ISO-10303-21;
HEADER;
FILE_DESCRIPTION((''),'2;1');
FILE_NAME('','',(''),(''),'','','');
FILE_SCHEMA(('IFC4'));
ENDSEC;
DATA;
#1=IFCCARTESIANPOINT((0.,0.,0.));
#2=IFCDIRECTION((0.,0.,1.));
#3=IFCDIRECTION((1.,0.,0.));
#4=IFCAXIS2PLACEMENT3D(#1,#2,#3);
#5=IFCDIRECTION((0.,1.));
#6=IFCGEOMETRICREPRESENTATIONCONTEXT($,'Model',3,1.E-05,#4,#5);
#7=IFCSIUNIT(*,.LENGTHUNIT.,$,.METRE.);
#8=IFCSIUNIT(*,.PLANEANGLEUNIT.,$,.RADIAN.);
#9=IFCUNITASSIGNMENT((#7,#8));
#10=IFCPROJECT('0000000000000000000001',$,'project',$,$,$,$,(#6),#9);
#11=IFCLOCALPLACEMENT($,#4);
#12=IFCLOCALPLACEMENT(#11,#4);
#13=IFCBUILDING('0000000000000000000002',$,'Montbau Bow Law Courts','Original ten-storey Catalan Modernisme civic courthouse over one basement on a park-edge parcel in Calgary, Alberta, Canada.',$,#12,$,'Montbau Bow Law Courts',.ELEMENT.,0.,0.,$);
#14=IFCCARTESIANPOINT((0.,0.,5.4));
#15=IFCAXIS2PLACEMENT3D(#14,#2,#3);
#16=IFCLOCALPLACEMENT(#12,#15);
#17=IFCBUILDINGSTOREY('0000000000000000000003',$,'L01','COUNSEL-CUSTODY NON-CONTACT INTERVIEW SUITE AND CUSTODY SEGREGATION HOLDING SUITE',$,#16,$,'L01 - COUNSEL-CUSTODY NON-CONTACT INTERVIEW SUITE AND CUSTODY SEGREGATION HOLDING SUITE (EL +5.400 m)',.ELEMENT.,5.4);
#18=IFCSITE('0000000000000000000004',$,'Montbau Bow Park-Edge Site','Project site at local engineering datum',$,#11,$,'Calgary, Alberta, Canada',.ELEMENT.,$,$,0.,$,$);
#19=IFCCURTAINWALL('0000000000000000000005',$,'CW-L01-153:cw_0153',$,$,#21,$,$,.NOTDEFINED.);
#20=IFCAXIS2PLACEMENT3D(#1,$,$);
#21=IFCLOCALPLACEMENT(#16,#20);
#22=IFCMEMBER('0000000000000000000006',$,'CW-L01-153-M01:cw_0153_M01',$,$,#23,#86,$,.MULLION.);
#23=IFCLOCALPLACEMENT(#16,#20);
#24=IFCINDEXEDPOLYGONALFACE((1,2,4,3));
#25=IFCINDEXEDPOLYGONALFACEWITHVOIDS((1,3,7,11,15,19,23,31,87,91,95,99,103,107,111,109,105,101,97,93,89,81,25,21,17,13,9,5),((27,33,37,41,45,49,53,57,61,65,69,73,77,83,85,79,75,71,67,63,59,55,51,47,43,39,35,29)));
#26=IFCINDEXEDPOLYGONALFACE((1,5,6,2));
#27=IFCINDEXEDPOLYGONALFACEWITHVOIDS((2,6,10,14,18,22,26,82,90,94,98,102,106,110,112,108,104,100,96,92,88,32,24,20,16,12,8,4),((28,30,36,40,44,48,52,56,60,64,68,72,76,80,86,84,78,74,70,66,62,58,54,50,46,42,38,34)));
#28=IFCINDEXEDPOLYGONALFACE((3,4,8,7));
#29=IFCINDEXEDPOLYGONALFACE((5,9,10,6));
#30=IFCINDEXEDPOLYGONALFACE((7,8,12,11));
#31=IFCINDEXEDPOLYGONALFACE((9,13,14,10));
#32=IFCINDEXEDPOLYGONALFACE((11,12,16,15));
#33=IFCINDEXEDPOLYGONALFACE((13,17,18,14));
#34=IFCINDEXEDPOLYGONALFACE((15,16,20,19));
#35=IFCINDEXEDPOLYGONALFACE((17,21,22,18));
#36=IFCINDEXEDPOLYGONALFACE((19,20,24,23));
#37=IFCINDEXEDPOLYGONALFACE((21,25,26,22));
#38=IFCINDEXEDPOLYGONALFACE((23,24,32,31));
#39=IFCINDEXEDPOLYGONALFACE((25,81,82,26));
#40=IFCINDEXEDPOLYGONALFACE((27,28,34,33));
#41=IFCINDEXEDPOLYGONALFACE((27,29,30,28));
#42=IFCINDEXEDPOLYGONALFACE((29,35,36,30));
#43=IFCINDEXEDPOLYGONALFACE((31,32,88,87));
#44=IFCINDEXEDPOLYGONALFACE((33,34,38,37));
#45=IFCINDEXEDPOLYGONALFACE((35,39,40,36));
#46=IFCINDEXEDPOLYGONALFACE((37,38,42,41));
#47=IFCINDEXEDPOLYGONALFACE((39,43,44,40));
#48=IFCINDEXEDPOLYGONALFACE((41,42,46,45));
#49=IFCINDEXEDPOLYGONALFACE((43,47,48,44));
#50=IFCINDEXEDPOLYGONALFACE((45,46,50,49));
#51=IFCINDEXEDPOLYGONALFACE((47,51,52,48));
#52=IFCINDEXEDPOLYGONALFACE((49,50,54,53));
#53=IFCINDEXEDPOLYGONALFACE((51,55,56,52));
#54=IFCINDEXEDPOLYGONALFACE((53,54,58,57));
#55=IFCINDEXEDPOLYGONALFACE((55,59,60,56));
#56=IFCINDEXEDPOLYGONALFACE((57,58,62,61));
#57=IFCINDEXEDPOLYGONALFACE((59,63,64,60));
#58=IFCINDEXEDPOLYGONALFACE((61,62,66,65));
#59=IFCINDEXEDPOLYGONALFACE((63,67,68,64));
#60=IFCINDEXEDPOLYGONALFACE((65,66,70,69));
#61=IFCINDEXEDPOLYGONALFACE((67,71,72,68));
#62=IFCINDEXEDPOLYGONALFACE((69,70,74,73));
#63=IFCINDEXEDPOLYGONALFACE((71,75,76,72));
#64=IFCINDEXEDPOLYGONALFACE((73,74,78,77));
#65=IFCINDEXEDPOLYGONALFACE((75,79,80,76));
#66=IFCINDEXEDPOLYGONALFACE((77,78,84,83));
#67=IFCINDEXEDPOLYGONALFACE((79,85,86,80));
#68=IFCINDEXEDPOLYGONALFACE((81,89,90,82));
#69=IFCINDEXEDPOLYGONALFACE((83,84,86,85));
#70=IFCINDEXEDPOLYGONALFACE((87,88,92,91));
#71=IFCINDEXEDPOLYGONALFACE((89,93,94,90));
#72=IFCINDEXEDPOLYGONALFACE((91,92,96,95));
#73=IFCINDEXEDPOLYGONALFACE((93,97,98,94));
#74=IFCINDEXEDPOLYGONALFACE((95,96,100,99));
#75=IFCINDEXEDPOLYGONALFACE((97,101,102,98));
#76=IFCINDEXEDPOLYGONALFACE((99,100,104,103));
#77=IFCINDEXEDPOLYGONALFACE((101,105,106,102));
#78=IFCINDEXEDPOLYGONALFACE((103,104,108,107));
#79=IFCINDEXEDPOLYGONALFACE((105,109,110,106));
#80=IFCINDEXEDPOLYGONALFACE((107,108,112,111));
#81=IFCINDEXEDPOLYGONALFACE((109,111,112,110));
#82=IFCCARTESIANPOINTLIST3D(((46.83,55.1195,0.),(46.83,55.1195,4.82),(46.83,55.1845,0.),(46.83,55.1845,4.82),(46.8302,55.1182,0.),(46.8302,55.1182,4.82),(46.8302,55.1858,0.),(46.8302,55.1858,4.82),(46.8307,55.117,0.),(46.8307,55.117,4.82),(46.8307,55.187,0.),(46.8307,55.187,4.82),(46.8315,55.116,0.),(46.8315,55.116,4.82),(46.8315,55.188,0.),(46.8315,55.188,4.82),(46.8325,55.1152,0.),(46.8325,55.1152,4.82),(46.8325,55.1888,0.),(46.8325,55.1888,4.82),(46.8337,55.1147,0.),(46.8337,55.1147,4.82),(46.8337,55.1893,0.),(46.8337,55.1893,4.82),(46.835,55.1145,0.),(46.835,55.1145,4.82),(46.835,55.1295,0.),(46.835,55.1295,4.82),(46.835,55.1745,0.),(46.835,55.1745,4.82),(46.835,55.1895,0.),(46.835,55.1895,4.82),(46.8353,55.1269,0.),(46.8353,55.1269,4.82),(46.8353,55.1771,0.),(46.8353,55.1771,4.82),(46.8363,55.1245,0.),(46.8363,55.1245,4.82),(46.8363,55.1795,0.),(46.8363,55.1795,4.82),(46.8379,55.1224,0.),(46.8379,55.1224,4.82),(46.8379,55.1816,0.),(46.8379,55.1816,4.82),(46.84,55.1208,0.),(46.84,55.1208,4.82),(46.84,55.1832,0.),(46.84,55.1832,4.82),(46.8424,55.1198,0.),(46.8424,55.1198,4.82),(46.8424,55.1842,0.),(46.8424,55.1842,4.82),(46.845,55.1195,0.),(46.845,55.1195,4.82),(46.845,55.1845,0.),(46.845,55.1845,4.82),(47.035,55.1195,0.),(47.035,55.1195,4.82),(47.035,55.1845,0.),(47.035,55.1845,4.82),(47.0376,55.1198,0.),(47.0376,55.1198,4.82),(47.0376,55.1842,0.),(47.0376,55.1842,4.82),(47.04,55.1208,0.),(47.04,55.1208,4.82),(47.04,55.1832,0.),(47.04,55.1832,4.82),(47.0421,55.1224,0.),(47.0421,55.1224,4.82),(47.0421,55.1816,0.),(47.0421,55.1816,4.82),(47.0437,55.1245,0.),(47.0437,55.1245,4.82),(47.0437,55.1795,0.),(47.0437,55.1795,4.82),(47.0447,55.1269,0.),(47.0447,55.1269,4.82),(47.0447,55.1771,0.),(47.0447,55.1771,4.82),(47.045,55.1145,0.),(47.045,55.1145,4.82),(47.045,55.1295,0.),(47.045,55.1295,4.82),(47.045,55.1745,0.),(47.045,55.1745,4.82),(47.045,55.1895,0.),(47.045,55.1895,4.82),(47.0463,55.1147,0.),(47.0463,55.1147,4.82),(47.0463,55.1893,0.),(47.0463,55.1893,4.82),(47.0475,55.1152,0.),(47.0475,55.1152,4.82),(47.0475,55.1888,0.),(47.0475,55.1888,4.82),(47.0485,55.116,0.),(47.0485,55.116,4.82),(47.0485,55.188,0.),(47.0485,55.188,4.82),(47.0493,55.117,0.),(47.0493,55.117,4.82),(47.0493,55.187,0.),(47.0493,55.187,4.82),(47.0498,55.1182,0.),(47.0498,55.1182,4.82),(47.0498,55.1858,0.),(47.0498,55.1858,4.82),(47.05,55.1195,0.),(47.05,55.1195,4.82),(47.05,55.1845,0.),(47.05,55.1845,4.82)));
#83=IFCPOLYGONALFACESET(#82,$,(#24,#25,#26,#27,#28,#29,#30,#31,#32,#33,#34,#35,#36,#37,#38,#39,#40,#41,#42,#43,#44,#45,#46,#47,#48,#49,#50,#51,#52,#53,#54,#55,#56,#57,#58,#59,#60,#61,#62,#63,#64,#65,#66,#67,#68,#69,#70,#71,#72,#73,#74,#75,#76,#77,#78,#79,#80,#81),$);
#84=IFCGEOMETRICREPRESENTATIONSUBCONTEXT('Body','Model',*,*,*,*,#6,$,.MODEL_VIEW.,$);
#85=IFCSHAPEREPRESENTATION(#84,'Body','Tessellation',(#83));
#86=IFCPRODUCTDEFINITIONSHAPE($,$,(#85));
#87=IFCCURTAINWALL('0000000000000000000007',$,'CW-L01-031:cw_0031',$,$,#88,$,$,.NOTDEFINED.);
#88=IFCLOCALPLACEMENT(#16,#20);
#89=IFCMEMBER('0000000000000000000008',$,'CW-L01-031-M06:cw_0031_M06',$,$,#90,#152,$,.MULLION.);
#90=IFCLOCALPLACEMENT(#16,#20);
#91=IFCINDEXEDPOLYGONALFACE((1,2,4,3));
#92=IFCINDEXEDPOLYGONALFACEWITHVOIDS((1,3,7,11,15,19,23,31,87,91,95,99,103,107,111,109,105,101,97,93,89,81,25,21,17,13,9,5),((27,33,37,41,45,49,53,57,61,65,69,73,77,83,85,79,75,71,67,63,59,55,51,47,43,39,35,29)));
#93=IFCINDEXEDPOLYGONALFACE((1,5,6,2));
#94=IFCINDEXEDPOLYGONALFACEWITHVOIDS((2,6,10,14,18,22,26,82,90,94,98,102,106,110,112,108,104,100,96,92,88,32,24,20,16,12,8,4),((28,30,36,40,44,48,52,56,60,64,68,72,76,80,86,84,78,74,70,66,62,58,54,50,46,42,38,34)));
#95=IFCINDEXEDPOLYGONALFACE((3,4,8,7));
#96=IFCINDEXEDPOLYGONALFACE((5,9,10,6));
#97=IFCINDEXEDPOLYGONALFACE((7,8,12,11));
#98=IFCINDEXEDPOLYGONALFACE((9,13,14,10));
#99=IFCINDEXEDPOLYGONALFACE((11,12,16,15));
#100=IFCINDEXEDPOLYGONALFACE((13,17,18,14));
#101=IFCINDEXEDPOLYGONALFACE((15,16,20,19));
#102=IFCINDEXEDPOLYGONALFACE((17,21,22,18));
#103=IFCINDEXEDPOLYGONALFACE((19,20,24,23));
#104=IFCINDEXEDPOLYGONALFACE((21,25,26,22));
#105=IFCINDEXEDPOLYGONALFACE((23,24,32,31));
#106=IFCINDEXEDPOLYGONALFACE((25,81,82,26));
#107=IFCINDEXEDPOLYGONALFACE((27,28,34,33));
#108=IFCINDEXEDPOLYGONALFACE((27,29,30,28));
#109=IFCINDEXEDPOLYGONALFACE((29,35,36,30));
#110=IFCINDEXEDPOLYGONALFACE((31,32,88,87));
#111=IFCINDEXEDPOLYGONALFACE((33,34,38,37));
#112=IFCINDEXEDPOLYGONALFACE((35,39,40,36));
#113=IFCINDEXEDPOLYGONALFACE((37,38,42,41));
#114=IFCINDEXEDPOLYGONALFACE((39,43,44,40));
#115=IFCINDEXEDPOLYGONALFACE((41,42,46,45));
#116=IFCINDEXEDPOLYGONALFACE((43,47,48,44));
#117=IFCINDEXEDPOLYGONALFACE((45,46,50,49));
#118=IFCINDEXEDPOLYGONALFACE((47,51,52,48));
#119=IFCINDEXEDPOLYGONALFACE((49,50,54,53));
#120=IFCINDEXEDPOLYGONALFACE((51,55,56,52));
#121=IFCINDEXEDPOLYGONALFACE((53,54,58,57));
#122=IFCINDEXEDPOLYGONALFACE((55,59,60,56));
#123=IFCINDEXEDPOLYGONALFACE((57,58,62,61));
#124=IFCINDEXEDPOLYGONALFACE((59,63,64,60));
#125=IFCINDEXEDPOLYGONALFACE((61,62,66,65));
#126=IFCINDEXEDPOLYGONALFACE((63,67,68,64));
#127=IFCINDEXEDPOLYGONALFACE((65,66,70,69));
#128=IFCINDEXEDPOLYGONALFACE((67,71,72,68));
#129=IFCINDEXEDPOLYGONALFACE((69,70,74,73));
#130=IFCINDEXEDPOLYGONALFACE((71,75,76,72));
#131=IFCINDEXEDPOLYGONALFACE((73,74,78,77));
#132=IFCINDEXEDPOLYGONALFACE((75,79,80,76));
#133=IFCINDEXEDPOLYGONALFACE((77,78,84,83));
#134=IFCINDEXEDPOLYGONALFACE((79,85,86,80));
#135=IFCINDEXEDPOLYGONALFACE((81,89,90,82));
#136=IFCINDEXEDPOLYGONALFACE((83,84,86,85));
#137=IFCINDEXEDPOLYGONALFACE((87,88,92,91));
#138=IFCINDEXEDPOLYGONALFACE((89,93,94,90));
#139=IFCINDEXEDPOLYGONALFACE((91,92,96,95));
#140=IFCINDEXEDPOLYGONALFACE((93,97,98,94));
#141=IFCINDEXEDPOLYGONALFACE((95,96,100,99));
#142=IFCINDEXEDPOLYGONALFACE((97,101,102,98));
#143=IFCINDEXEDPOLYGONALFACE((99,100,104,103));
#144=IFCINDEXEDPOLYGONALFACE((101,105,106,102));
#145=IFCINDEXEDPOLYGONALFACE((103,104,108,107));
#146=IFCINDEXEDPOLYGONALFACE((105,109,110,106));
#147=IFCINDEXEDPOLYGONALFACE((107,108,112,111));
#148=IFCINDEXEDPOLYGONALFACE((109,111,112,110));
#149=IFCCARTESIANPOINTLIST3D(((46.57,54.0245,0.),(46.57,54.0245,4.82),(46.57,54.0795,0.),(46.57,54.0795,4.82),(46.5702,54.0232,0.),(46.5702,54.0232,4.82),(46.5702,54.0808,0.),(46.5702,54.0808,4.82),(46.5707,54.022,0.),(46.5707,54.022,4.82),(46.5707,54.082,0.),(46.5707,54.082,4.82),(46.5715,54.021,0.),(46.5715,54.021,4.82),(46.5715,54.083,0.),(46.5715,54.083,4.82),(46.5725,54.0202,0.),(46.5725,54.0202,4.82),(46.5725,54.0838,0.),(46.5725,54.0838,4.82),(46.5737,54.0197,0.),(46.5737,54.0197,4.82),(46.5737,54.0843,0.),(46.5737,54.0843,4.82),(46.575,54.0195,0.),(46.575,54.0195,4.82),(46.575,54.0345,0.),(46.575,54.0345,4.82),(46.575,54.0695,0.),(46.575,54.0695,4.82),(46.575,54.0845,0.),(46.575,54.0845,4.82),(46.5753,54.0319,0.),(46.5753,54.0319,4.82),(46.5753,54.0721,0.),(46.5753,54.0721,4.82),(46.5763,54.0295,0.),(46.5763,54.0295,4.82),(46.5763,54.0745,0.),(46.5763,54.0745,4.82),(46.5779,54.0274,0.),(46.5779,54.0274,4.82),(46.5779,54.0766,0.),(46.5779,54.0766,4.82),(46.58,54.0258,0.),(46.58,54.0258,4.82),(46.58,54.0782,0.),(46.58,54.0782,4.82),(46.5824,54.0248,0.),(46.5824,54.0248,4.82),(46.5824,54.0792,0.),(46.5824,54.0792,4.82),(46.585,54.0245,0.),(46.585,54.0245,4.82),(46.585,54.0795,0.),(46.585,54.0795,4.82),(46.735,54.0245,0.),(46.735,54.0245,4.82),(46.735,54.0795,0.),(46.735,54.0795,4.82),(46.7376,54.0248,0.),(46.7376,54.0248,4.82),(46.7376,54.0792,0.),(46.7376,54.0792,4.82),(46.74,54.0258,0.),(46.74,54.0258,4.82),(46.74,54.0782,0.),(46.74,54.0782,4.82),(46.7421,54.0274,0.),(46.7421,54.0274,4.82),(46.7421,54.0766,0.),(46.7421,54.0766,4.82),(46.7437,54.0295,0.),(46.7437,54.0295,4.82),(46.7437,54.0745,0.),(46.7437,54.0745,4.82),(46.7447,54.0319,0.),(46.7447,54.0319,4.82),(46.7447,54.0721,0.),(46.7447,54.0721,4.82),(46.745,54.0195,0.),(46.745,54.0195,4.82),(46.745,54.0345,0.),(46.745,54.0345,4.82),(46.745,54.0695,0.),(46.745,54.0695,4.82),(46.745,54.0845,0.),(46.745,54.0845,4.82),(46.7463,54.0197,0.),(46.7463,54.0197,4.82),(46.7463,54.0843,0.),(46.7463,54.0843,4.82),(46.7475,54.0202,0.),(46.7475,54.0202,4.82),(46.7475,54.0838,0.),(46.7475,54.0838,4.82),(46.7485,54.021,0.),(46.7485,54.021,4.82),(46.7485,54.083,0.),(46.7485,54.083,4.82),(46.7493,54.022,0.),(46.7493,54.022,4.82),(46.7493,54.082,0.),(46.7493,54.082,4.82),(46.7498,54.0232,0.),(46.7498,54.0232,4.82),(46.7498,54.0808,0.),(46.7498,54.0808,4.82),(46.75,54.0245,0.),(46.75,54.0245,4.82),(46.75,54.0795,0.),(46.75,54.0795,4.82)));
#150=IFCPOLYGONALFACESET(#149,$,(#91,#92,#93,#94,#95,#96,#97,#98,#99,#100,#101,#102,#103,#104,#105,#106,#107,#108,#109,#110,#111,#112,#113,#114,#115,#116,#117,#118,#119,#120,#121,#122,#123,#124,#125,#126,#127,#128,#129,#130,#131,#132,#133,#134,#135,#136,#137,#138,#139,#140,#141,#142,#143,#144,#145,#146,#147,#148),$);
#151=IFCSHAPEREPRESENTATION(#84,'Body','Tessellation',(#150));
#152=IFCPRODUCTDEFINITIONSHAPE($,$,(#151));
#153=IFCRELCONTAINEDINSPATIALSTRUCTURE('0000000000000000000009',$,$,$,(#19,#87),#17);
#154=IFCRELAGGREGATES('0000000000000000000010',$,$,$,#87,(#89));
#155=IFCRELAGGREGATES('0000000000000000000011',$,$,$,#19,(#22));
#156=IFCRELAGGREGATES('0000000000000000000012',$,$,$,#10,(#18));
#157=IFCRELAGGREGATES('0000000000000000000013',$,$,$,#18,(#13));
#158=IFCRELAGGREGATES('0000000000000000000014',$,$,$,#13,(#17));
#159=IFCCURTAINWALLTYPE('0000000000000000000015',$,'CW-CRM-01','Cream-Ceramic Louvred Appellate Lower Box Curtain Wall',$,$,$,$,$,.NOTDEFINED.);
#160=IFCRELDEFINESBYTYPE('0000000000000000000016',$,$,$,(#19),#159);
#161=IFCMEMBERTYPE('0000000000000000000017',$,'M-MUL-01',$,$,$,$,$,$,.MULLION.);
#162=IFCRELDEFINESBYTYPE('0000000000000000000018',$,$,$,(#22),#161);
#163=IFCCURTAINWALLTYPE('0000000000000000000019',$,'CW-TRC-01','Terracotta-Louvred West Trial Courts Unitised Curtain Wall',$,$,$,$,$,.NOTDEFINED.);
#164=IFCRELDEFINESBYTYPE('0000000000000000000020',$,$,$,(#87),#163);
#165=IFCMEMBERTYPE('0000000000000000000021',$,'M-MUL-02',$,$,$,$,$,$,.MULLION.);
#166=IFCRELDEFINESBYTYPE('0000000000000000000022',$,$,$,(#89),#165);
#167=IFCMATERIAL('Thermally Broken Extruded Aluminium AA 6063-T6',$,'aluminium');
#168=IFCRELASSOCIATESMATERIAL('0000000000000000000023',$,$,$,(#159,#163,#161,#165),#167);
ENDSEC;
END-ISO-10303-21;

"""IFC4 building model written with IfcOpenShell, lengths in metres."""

from ifc_helpers import new_model, si_unit, direction, frame, origin_with_axes, origin_2d_with_axis, place, context, subcontext, project, spatial, hollow_rectangle, extrude, material, material_profile, profile_set, type_object, element, aggregate, save


model = new_model("IFC4")

# Units and contexts
model_context = context("Model", 3, precision=1e-05, world=origin_with_axes(), true_north=direction((0.0, 1.0)))
body_context = subcontext(model_context, "Body", "Model", "MODEL_VIEW")
ifc_project = project(units=[si_unit("LENGTHUNIT", "METRE"), si_unit("PLANEANGLEUNIT", "RADIAN")], contexts=[model_context])

# Site, building, storey
site_placement = place(None, origin_with_axes())
site = spatial("IfcSite", under=ifc_project, at=site_placement, Name="Montbau Bow Park-Edge Site", Description="Project site at local engineering datum", LongName="Calgary, Alberta, Canada", CompositionType="ELEMENT", RefElevation=0.0)
building_placement = place(site_placement, origin_with_axes())
building = spatial("IfcBuilding", under=site, at=building_placement, Name="Montbau Bow Law Courts", Description="Original ten-storey Catalan Modernisme civic courthouse over one basement on a park-edge parcel in Calgary, Alberta, Canada.", LongName="Montbau Bow Law Courts", CompositionType="ELEMENT", ElevationOfRefHeight=0.0, ElevationOfTerrain=0.0)
storey_placement = place(building_placement, frame((0.0, 0.0, 5.4), z_axis=(0.0, 0.0, 1.0), x_axis=(1.0, 0.0, 0.0)))
storey = spatial("IfcBuildingStorey", under=building, at=storey_placement, Name="L01", Description="COUNSEL-CUSTODY NON-CONTACT INTERVIEW SUITE AND CUSTODY SEGREGATION HOLDING SUITE", LongName="L01 - COUNSEL-CUSTODY NON-CONTACT INTERVIEW SUITE AND CUSTODY SEGREGATION HOLDING SUITE (EL +5.400 m)", CompositionType="ELEMENT", Elevation=5.4)

# Curtain walls, members
ifc_material_1 = material(Name="Thermally Broken Extruded Aluminium AA 6063-T6", Category="aluminium")
curtain_wall_type_1 = type_object("IfcCurtainWallType", Name="CW-CRM-01", Description="Cream-Ceramic Louvred Appellate Lower Box Curtain Wall", PredefinedType="NOTDEFINED", material=ifc_material_1)
curtain_wall_1_placement = place(None, frame((46.94, 55.115, 5.4), z_axis=(0.0, 0.0, 1.0), x_axis=(1.0, 0.0, 0.0)))
curtain_wall_1 = element("IfcCurtainWall", 1, at=curtain_wall_1_placement, inside=storey, type_object=curtain_wall_type_1, Name="CW-L01-153:cw_0153", PredefinedType="NOTDEFINED")
ifc_material_profile_1 = material_profile(ifc_material_1, hollow_rectangle(XDim=0.075, YDim=0.22, WallThickness=0.005, InnerFilletRadius=0.01, OuterFilletRadius=0.005, at=origin_2d_with_axis()), Name="CWM-220X75", Category="Main", Priority=0)
ifc_profile_set_1 = profile_set([ifc_material_profile_1], Name="Thermally Broken Extruded Aluminium AA 6063-T6")
member_type_1 = type_object("IfcMemberType", Name="M-MUL-01", PredefinedType="MULLION", material=ifc_profile_set_1)
member_1_placement = place(None, frame((46.94, 55.152, 5.4), z_axis=(0.0, 0.0, 1.0), x_axis=(0.0, 1.0, 0.0)))
member_1 = element("IfcMember", 2, at=member_1_placement, type_object=member_type_1, Name="CW-L01-153-M01:cw_0153_M01", PredefinedType="MULLION", context=body_context, shape_type="SweptSolid", body=[
    extrude(hollow_rectangle(XDim=0.075, YDim=0.22, WallThickness=0.005, InnerFilletRadius=0.01, OuterFilletRadius=0.005, at=origin_2d_with_axis()), origin_with_axes(), (0.0, 0.0, 1.0), 4.82),
])
curtain_wall_type_2 = type_object("IfcCurtainWallType", Name="CW-TRC-01", Description="Terracotta-Louvred West Trial Courts Unitised Curtain Wall", PredefinedType="NOTDEFINED", material=ifc_material_1)
curtain_wall_2_placement = place(None, frame((46.66, 46.468, 5.4), z_axis=(0.0, 0.0, 1.0), x_axis=(1.0, 0.0, 0.0)))
curtain_wall_2 = element("IfcCurtainWall", 3, at=curtain_wall_2_placement, inside=storey, type_object=curtain_wall_type_2, Name="CW-L01-031:cw_0031", PredefinedType="NOTDEFINED")
ifc_material_profile_2 = material_profile(ifc_material_1, hollow_rectangle(XDim=0.065, YDim=0.18, WallThickness=0.005, InnerFilletRadius=0.01, OuterFilletRadius=0.005, at=origin_2d_with_axis()), Name="CWM-180X65", Category="Main", Priority=0)
ifc_profile_set_2 = profile_set([ifc_material_profile_2], Name="Thermally Broken Extruded Aluminium AA 6063-T6")
member_type_2 = type_object("IfcMemberType", Name="M-MUL-02", PredefinedType="MULLION", material=ifc_profile_set_2)
member_2_placement = place(None, frame((46.66, 54.052, 5.4), z_axis=(0.0, 0.0, 1.0), x_axis=(0.0, 1.0, 0.0)))
member_2 = element("IfcMember", 4, at=member_2_placement, type_object=member_type_2, Name="CW-L01-031-M06:cw_0031_M06", PredefinedType="MULLION", context=body_context, shape_type="SweptSolid", body=[
    extrude(hollow_rectangle(XDim=0.065, YDim=0.18, WallThickness=0.005, InnerFilletRadius=0.01, OuterFilletRadius=0.005, at=origin_2d_with_axis()), origin_with_axes(), (0.0, 0.0, 1.0), 4.82),
])

aggregate(curtain_wall_2, [member_2])
aggregate(curtain_wall_1, [member_1])

save(model, "model.ifc")
